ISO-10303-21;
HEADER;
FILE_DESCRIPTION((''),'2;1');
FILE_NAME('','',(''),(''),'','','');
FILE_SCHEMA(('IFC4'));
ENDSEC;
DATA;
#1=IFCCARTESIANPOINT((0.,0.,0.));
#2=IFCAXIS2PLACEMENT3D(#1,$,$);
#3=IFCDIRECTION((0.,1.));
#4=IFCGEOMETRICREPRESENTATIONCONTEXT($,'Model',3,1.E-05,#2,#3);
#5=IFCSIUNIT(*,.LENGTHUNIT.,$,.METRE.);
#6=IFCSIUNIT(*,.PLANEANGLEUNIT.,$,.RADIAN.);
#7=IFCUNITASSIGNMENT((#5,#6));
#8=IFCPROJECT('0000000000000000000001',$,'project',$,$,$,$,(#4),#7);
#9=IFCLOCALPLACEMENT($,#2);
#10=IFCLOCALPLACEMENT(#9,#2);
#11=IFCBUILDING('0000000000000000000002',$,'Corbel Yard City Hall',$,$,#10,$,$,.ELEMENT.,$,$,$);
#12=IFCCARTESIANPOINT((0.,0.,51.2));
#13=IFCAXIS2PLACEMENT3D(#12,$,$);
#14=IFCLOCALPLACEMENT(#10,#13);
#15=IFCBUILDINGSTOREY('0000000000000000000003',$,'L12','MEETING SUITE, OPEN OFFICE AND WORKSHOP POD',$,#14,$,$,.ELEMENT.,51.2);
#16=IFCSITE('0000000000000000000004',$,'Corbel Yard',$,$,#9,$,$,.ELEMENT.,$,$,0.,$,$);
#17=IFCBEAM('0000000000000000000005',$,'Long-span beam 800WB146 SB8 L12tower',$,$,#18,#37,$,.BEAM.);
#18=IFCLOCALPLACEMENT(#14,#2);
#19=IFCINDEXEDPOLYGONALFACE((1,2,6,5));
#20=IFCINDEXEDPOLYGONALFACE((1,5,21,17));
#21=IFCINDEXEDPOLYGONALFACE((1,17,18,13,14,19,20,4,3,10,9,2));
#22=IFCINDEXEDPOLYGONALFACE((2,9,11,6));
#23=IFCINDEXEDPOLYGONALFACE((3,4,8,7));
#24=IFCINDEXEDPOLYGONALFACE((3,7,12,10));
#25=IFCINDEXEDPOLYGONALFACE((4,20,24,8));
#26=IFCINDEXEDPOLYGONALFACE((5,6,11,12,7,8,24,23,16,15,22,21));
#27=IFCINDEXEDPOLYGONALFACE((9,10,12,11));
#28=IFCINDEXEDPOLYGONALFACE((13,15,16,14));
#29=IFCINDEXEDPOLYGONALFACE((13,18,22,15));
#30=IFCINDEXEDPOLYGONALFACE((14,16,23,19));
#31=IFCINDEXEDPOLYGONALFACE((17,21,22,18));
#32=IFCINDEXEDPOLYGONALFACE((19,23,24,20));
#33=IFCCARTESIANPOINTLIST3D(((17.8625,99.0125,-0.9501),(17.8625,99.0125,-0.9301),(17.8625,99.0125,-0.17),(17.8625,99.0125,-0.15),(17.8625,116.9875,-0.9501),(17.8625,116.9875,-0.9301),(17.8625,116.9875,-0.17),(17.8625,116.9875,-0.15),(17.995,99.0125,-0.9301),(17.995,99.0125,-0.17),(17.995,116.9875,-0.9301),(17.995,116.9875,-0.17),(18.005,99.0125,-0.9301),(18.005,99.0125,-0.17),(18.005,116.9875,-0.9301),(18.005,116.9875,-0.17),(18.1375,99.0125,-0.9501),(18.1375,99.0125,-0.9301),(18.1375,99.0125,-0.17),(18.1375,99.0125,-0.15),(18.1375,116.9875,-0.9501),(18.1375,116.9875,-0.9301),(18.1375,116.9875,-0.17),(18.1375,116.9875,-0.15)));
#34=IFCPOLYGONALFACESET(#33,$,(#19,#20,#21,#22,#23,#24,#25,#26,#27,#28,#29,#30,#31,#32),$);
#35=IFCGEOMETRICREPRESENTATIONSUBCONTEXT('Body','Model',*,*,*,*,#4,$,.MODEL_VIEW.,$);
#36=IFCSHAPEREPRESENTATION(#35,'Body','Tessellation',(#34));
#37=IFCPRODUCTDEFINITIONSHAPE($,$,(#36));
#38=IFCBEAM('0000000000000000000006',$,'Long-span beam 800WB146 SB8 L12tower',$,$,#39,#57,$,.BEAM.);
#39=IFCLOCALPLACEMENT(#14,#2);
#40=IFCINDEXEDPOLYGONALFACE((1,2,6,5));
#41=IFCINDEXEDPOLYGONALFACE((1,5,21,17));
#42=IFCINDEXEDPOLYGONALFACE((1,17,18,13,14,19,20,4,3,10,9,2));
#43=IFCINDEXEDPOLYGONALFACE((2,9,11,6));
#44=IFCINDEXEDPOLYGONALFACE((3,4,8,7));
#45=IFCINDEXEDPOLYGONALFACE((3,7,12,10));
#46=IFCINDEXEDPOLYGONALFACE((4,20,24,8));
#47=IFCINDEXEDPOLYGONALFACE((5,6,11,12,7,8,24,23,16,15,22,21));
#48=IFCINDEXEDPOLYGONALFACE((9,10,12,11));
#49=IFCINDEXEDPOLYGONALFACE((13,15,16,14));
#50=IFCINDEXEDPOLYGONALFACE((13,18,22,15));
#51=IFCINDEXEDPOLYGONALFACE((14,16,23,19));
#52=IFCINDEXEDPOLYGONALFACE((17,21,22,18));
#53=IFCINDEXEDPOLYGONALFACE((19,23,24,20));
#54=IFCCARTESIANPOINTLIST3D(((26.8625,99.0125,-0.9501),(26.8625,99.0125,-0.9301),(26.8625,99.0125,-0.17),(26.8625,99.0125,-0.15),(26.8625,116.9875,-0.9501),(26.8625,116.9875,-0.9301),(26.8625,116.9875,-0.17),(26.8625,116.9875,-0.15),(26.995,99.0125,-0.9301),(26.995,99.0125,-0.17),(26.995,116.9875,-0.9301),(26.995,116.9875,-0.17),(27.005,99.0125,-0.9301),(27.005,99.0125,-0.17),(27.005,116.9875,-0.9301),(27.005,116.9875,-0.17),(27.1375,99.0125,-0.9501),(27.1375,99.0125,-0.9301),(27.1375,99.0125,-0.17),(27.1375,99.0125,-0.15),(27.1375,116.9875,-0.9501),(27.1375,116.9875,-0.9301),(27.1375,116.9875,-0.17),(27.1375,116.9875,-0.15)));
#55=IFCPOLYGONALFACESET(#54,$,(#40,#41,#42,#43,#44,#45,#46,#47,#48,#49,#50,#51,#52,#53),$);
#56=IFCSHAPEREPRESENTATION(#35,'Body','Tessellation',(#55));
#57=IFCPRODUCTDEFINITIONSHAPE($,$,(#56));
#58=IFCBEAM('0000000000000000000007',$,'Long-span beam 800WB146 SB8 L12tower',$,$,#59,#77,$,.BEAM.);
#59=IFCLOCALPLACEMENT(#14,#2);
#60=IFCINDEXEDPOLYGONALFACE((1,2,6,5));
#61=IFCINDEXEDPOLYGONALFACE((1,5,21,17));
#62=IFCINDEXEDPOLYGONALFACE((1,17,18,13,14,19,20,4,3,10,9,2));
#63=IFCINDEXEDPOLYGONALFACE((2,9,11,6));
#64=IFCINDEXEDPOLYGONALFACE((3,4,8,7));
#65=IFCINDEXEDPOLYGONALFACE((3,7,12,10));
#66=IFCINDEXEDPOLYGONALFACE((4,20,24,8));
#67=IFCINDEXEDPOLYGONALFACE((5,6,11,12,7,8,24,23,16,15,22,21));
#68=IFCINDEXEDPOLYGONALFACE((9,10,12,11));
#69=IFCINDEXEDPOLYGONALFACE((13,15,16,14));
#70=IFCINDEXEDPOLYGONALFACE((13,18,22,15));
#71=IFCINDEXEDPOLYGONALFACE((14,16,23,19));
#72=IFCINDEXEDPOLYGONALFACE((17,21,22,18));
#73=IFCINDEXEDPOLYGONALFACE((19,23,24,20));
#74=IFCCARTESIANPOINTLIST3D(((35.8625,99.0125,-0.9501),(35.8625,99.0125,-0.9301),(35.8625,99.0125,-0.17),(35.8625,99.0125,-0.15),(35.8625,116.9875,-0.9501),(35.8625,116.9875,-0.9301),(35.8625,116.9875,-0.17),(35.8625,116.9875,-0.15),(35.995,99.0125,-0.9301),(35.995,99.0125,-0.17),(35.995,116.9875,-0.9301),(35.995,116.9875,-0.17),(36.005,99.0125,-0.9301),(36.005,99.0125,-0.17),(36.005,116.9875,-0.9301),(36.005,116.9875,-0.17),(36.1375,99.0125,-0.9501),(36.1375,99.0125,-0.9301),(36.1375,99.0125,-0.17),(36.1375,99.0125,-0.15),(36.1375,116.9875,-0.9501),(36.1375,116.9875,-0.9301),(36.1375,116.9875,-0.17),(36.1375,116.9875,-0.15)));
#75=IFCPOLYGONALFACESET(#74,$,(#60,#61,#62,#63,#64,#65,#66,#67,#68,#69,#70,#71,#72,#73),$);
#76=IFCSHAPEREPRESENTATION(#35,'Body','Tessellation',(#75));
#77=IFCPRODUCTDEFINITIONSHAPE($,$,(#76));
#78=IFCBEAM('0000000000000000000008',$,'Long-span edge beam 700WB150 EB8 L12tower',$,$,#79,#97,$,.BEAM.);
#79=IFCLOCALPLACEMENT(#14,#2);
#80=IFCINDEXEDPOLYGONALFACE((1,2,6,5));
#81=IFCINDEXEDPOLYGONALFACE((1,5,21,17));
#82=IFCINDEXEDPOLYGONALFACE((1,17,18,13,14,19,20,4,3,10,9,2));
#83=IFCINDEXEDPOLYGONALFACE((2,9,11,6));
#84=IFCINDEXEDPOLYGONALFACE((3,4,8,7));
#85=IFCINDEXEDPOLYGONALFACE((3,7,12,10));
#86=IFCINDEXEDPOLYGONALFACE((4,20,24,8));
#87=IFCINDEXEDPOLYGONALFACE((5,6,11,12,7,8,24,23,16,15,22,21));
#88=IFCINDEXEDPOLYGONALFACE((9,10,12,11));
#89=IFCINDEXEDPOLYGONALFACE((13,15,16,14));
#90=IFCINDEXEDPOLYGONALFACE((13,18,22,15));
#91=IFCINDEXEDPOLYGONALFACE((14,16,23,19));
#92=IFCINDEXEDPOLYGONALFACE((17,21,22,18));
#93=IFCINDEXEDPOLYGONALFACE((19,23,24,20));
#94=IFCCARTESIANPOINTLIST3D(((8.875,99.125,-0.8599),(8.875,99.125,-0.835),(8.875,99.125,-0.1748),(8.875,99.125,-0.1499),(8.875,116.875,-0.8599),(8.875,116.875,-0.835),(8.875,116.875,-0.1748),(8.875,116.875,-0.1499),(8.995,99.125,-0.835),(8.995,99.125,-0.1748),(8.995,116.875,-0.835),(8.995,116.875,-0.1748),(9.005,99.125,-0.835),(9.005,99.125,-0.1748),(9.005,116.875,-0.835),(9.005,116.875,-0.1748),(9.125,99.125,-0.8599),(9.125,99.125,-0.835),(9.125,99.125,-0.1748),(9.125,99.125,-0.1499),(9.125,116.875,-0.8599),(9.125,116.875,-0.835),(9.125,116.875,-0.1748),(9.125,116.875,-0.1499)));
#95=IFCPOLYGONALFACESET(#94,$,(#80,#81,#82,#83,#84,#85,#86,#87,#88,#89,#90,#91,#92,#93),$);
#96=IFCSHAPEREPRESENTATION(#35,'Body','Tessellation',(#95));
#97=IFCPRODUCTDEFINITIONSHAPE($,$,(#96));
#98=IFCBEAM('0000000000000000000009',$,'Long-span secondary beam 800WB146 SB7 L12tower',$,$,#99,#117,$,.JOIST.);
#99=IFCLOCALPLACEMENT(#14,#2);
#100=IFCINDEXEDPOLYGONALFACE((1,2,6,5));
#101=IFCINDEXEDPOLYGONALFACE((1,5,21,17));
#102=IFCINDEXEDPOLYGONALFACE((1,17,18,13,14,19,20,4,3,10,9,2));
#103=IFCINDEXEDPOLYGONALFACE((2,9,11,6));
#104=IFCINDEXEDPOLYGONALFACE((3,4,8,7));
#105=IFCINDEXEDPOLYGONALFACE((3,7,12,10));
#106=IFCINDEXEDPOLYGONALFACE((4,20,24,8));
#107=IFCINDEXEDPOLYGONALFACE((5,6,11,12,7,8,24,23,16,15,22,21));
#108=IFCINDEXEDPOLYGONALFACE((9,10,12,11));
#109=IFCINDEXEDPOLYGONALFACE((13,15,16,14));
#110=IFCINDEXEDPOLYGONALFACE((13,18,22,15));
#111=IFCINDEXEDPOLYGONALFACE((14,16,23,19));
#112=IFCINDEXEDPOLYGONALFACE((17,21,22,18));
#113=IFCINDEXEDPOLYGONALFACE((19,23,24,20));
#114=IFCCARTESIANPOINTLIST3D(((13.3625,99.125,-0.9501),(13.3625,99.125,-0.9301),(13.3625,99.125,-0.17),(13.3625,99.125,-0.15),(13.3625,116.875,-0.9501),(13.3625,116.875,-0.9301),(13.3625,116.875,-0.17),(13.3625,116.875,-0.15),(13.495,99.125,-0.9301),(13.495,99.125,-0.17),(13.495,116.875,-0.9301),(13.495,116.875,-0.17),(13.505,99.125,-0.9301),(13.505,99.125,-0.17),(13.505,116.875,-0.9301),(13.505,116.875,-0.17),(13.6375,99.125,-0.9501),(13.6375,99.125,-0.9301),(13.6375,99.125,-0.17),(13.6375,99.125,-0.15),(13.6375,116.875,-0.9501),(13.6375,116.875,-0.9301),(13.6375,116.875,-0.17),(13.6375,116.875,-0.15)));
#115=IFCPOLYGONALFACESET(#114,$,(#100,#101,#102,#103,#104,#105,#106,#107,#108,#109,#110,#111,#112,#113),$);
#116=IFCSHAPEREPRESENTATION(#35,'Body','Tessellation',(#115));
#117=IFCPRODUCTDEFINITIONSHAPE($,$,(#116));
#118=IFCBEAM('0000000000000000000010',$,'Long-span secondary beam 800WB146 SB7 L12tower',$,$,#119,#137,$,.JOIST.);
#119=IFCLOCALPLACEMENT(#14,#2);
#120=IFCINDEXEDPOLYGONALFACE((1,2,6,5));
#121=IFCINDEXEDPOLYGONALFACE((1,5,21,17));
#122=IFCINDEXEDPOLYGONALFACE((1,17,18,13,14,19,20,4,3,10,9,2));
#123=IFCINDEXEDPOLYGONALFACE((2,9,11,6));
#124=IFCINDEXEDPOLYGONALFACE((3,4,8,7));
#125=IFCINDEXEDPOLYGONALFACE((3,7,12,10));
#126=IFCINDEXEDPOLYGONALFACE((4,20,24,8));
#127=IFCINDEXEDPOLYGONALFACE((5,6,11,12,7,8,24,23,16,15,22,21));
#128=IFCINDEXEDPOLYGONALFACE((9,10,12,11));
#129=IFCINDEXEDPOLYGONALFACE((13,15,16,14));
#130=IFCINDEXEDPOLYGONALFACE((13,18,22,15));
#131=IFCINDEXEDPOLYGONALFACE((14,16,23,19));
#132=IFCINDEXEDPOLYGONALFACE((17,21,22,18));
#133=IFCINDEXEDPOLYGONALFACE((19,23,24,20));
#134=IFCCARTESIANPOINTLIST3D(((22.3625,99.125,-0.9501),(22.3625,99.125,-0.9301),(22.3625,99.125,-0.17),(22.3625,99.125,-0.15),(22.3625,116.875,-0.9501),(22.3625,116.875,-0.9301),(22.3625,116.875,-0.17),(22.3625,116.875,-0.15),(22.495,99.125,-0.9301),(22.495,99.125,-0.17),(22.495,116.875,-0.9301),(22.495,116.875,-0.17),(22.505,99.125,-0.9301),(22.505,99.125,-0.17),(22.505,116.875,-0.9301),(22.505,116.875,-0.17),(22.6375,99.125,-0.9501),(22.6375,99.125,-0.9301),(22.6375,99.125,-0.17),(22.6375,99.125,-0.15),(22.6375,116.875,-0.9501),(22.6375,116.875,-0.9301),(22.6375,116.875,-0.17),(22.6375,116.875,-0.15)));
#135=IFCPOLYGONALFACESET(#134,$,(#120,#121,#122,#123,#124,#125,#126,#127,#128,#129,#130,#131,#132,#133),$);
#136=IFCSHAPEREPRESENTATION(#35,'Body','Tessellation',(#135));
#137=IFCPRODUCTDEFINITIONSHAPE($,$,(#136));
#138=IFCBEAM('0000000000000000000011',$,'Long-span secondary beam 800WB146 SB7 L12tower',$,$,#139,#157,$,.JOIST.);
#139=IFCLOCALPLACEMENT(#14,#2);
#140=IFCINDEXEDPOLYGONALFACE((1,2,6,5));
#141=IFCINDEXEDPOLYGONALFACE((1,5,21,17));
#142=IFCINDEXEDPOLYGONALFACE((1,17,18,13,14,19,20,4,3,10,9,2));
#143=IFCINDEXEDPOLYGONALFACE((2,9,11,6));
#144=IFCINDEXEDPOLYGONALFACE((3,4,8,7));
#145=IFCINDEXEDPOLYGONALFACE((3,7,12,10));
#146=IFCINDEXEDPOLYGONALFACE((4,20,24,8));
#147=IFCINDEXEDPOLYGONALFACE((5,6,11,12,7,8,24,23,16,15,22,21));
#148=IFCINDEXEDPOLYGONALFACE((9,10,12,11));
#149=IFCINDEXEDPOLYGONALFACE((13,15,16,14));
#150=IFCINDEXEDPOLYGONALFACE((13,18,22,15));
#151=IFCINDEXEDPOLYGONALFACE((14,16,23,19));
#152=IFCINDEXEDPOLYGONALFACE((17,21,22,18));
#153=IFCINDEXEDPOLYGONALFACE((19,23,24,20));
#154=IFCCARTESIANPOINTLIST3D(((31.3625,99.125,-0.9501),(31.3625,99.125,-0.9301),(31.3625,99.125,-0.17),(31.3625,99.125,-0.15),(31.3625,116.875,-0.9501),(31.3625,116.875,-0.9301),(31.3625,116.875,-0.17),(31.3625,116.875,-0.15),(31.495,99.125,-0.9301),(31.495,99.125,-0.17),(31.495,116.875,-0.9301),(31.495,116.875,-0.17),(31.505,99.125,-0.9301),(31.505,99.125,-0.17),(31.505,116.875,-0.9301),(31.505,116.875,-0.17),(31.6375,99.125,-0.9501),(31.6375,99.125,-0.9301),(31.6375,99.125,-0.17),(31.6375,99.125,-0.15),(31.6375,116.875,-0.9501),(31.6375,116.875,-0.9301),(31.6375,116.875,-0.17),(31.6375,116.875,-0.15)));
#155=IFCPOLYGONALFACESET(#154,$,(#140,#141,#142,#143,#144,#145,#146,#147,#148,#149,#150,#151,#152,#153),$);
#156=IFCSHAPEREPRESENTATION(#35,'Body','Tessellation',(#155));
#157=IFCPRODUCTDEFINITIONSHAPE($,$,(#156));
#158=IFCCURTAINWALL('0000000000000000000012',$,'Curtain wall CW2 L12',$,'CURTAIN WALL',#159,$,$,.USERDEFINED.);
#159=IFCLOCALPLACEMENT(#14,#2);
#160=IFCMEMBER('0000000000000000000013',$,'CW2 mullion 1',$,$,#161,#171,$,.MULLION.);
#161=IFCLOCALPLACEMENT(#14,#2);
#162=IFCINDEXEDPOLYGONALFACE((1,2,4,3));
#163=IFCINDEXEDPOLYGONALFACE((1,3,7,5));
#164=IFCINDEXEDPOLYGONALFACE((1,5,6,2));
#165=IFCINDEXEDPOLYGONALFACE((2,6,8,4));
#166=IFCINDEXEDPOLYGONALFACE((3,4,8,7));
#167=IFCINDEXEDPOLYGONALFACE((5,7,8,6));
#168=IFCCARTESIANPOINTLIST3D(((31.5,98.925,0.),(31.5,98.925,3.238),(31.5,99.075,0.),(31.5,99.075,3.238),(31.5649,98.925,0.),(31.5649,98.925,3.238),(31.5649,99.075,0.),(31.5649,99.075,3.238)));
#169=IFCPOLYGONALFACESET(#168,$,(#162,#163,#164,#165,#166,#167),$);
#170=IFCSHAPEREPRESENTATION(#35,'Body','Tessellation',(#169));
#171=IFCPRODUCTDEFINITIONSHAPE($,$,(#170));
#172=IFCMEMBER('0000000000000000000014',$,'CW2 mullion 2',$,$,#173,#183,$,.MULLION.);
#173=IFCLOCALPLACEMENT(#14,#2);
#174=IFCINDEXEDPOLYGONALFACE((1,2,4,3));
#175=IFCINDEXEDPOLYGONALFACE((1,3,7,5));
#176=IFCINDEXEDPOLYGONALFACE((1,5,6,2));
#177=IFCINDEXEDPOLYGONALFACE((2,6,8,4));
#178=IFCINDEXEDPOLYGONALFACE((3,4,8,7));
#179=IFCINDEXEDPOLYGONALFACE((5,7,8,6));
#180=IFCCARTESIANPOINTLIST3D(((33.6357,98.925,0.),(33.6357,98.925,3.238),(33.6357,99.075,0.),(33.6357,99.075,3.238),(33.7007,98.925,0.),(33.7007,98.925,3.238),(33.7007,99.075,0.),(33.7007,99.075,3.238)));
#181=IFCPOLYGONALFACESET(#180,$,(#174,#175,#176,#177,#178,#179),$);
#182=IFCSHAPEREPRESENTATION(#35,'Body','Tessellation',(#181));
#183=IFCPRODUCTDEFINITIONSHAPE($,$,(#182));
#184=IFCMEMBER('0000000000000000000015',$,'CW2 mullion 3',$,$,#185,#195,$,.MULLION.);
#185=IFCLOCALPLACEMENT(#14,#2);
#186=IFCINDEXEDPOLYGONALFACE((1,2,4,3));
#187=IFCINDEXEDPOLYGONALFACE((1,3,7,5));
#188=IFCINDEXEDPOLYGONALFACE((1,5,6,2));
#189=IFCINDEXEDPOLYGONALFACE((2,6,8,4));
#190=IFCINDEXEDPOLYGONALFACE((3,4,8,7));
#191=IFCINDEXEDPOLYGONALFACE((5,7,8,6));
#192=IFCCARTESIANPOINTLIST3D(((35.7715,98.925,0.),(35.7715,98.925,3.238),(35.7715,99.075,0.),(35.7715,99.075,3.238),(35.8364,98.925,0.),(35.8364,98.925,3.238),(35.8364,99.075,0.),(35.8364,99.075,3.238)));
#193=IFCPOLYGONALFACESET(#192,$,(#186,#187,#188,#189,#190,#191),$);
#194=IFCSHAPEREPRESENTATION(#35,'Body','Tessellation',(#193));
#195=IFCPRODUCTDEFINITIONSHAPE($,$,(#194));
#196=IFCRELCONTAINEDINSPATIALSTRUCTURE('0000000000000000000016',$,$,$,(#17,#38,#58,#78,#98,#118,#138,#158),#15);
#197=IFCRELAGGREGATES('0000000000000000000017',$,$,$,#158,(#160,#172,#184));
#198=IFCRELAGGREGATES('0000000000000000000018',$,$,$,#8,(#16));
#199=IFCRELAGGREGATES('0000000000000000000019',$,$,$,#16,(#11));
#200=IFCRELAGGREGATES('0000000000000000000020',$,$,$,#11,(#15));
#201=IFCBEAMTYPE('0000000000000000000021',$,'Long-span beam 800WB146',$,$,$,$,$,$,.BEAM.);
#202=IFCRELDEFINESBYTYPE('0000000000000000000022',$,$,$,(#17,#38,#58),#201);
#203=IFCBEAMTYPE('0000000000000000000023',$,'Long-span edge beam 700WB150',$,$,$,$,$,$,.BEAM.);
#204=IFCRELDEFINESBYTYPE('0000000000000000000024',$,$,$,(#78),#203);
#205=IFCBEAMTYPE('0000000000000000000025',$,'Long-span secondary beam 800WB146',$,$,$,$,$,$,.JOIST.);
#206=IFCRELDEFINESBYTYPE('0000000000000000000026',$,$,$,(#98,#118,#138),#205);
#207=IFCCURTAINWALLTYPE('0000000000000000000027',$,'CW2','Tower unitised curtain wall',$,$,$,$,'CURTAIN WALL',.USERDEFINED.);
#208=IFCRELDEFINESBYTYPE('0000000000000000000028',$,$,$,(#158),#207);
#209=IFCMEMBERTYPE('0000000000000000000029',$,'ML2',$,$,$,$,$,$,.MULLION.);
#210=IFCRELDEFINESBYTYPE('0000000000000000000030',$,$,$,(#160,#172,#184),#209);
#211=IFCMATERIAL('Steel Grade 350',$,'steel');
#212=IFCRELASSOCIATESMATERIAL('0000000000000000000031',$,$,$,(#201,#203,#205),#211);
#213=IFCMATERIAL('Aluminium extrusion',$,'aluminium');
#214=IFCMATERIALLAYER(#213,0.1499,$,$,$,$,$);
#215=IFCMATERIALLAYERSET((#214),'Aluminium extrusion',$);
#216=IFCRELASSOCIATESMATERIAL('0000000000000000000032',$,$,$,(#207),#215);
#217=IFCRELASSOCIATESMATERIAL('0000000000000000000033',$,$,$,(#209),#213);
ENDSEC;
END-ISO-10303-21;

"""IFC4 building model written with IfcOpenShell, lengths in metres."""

from ifc_helpers import new_model, si_unit, direction, frame, origin, origin_2d, place, context, subcontext, project, spatial, rectangle, i_section, extrude, material, layer, layer_set, material_profile, profile_set, type_object, element, aggregate, save


model = new_model("IFC4")

# Units and contexts
model_context = context("Model", 3, precision=1e-05, world=origin(), true_north=direction((0.0, 1.0)))
body_context = subcontext(model_context, "Body", "Model", "MODEL_VIEW")
ifc_project = project(units=[si_unit("LENGTHUNIT", "METRE"), si_unit("PLANEANGLEUNIT", "RADIAN")], contexts=[model_context])

# Site, building, storey
site_placement = place(None, origin())
site = spatial("IfcSite", under=ifc_project, at=site_placement, Name="Corbel Yard", CompositionType="ELEMENT", RefElevation=0.0)
building_placement = place(site_placement, origin())
building = spatial("IfcBuilding", under=site, at=building_placement, Name="Corbel Yard City Hall", CompositionType="ELEMENT")
storey_placement = place(building_placement, frame((0.0, 0.0, 51.2)))
storey = spatial("IfcBuildingStorey", under=building, at=storey_placement, Name="L12", Description="MEETING SUITE, OPEN OFFICE AND WORKSHOP POD", CompositionType="ELEMENT", Elevation=51.2)

# Beams
ifc_material_1 = material(Name="Steel Grade 350", Category="steel")
ifc_material_profile_1 = material_profile(ifc_material_1, i_section(OverallWidth=0.2749, OverallDepth=0.8, WebThickness=0.01, FlangeThickness=0.02, at=origin_2d()), Name="800WB146")
ifc_profile_set_1 = profile_set([ifc_material_profile_1], Name="Steel Grade 350")
beam_type_1 = type_object("IfcBeamType", Name="Long-span beam 800WB146", PredefinedType="BEAM", material=ifc_profile_set_1)
for number, where, z_axis, x_axis, name in (
    (1, (18.0, 99.0125, -0.55), (0.0, 1.0, 0.0), (-1.0, 0.0, 0.0), "Long-span beam 800WB146 SB8 L12tower"),
    (2, (27.0, 99.0125, -0.55), (0.0, 1.0, 0.0), (-1.0, 0.0, 0.0), "Long-span beam 800WB146 SB8 L12tower"),
    (3, (36.0, 99.0125, -0.55), (0.0, 1.0, 0.0), (-1.0, 0.0, 0.0), "Long-span beam 800WB146 SB8 L12tower"),
):
    element("IfcBeam", number, at=place(storey_placement, frame(where, z_axis=z_axis, x_axis=x_axis)), inside=storey, type_object=beam_type_1, Name=name, PredefinedType="BEAM", context=body_context, shape_type="SweptSolid", body=[
        extrude(i_section(OverallWidth=0.2749, OverallDepth=0.8, WebThickness=0.01, FlangeThickness=0.02, at=origin_2d()), origin(), (0.0, 0.0, 1.0), 17.9751),
    ])
ifc_material_profile_2 = material_profile(ifc_material_1, i_section(OverallWidth=0.25, OverallDepth=0.71, WebThickness=0.01, FlangeThickness=0.0249, at=origin_2d()), Name="700WB150")
ifc_profile_set_2 = profile_set([ifc_material_profile_2], Name="Steel Grade 350")
beam_type_2 = type_object("IfcBeamType", Name="Long-span edge beam 700WB150", PredefinedType="BEAM", material=ifc_profile_set_2)
beam_placement = place(storey_placement, frame((9.0, 99.125, -0.5049), z_axis=(0.0, 1.0, 0.0), x_axis=(-1.0, 0.0, 0.0)))
element("IfcBeam", 4, at=beam_placement, inside=storey, type_object=beam_type_2, Name="Long-span edge beam 700WB150 EB8 L12tower", PredefinedType="BEAM", context=body_context, shape_type="SweptSolid", body=[
    extrude(i_section(OverallWidth=0.25, OverallDepth=0.71, WebThickness=0.01, FlangeThickness=0.0249, at=origin_2d()), origin(), (0.0, 0.0, 1.0), 17.75),
])
ifc_material_profile_3 = material_profile(ifc_material_1, i_section(OverallWidth=0.2749, OverallDepth=0.8, WebThickness=0.01, FlangeThickness=0.02, at=origin_2d()), Name="800WB146")
ifc_profile_set_3 = profile_set([ifc_material_profile_3], Name="Steel Grade 350")
beam_type_3 = type_object("IfcBeamType", Name="Long-span secondary beam 800WB146", PredefinedType="JOIST", material=ifc_profile_set_3)
for number, where, z_axis, x_axis, name in (
    (5, (13.5, 99.125, -0.55), (0.0, 1.0, 0.0), (-1.0, 0.0, 0.0), "Long-span secondary beam 800WB146 SB7 L12tower"),
    (6, (22.5, 99.125, -0.55), (0.0, 1.0, 0.0), (-1.0, 0.0, 0.0), "Long-span secondary beam 800WB146 SB7 L12tower"),
    (7, (31.5, 99.125, -0.55), (0.0, 1.0, 0.0), (-1.0, 0.0, 0.0), "Long-span secondary beam 800WB146 SB7 L12tower"),
):
    element("IfcBeam", number, at=place(storey_placement, frame(where, z_axis=z_axis, x_axis=x_axis)), inside=storey, type_object=beam_type_3, Name=name, PredefinedType="JOIST", context=body_context, shape_type="SweptSolid", body=[
        extrude(i_section(OverallWidth=0.2749, OverallDepth=0.8, WebThickness=0.01, FlangeThickness=0.02, at=origin_2d()), origin(), (0.0, 0.0, 1.0), 17.75),
    ])

# Curtain wall, members
ifc_material_2 = material(Name="Aluminium extrusion", Category="aluminium")
ifc_layer_1 = layer(ifc_material_2, 0.1499)
ifc_layer_set_1 = layer_set([ifc_layer_1], Name="Aluminium extrusion")
curtain_wall_type = type_object("IfcCurtainWallType", Name="CW2", Description="Tower unitised curtain wall", ElementType="CURTAIN WALL", PredefinedType="USERDEFINED", material=ifc_layer_set_1)
curtain_wall_1_placement = place(storey_placement, origin())
curtain_wall_1 = element("IfcCurtainWall", 8, at=curtain_wall_1_placement, inside=storey, type_object=curtain_wall_type, Name="Curtain wall CW2 L12", ObjectType="CURTAIN WALL", PredefinedType="USERDEFINED")
ifc_material_profile_4 = material_profile(ifc_material_2, rectangle(XDim=0.1499, YDim=0.0649, at=origin_2d()), Name="150x65")
ifc_profile_set_4 = profile_set([ifc_material_profile_4], Name="Aluminium extrusion")
member_type_1 = type_object("IfcMemberType", Name="ML2", PredefinedType="MULLION", material=ifc_profile_set_4)
member_1_placement = place(storey_placement, frame((31.5325, 99.0, 0.0), z_axis=(0.0, 0.0, 1.0), x_axis=(0.0, 1.0, 0.0)))
member_1 = element("IfcMember", 9, at=member_1_placement, type_object=member_type_1, Name="CW2 mullion 1", PredefinedType="MULLION", context=body_context, shape_type="SweptSolid", body=[
    extrude(rectangle(XDim=0.1499, YDim=0.0649, at=origin_2d()), origin(), (0.0, 0.0, 1.0), 3.238),
])
member_2_placement = place(storey_placement, frame((33.6682, 99.0, 0.0), z_axis=(0.0, 0.0, 1.0), x_axis=(0.0, 1.0, 0.0)))
member_2 = element("IfcMember", 10, at=member_2_placement, type_object=member_type_1, Name="CW2 mullion 2", PredefinedType="MULLION", context=body_context, shape_type="SweptSolid", body=[
    extrude(rectangle(XDim=0.1499, YDim=0.0649, at=origin_2d()), origin(), (0.0, 0.0, 1.0), 3.238),
])
member_3_placement = place(storey_placement, frame((35.804, 99.0, 0.0), z_axis=(0.0, 0.0, 1.0), x_axis=(0.0, 1.0, 0.0)))
member_3 = element("IfcMember", 11, at=member_3_placement, type_object=member_type_1, Name="CW2 mullion 3", PredefinedType="MULLION", context=body_context, shape_type="SweptSolid", body=[
    extrude(rectangle(XDim=0.1499, YDim=0.0649, at=origin_2d()), origin(), (0.0, 0.0, 1.0), 3.238),
])

aggregate(curtain_wall_1, [member_1, member_2, member_3])

save(model, "model.ifc")
